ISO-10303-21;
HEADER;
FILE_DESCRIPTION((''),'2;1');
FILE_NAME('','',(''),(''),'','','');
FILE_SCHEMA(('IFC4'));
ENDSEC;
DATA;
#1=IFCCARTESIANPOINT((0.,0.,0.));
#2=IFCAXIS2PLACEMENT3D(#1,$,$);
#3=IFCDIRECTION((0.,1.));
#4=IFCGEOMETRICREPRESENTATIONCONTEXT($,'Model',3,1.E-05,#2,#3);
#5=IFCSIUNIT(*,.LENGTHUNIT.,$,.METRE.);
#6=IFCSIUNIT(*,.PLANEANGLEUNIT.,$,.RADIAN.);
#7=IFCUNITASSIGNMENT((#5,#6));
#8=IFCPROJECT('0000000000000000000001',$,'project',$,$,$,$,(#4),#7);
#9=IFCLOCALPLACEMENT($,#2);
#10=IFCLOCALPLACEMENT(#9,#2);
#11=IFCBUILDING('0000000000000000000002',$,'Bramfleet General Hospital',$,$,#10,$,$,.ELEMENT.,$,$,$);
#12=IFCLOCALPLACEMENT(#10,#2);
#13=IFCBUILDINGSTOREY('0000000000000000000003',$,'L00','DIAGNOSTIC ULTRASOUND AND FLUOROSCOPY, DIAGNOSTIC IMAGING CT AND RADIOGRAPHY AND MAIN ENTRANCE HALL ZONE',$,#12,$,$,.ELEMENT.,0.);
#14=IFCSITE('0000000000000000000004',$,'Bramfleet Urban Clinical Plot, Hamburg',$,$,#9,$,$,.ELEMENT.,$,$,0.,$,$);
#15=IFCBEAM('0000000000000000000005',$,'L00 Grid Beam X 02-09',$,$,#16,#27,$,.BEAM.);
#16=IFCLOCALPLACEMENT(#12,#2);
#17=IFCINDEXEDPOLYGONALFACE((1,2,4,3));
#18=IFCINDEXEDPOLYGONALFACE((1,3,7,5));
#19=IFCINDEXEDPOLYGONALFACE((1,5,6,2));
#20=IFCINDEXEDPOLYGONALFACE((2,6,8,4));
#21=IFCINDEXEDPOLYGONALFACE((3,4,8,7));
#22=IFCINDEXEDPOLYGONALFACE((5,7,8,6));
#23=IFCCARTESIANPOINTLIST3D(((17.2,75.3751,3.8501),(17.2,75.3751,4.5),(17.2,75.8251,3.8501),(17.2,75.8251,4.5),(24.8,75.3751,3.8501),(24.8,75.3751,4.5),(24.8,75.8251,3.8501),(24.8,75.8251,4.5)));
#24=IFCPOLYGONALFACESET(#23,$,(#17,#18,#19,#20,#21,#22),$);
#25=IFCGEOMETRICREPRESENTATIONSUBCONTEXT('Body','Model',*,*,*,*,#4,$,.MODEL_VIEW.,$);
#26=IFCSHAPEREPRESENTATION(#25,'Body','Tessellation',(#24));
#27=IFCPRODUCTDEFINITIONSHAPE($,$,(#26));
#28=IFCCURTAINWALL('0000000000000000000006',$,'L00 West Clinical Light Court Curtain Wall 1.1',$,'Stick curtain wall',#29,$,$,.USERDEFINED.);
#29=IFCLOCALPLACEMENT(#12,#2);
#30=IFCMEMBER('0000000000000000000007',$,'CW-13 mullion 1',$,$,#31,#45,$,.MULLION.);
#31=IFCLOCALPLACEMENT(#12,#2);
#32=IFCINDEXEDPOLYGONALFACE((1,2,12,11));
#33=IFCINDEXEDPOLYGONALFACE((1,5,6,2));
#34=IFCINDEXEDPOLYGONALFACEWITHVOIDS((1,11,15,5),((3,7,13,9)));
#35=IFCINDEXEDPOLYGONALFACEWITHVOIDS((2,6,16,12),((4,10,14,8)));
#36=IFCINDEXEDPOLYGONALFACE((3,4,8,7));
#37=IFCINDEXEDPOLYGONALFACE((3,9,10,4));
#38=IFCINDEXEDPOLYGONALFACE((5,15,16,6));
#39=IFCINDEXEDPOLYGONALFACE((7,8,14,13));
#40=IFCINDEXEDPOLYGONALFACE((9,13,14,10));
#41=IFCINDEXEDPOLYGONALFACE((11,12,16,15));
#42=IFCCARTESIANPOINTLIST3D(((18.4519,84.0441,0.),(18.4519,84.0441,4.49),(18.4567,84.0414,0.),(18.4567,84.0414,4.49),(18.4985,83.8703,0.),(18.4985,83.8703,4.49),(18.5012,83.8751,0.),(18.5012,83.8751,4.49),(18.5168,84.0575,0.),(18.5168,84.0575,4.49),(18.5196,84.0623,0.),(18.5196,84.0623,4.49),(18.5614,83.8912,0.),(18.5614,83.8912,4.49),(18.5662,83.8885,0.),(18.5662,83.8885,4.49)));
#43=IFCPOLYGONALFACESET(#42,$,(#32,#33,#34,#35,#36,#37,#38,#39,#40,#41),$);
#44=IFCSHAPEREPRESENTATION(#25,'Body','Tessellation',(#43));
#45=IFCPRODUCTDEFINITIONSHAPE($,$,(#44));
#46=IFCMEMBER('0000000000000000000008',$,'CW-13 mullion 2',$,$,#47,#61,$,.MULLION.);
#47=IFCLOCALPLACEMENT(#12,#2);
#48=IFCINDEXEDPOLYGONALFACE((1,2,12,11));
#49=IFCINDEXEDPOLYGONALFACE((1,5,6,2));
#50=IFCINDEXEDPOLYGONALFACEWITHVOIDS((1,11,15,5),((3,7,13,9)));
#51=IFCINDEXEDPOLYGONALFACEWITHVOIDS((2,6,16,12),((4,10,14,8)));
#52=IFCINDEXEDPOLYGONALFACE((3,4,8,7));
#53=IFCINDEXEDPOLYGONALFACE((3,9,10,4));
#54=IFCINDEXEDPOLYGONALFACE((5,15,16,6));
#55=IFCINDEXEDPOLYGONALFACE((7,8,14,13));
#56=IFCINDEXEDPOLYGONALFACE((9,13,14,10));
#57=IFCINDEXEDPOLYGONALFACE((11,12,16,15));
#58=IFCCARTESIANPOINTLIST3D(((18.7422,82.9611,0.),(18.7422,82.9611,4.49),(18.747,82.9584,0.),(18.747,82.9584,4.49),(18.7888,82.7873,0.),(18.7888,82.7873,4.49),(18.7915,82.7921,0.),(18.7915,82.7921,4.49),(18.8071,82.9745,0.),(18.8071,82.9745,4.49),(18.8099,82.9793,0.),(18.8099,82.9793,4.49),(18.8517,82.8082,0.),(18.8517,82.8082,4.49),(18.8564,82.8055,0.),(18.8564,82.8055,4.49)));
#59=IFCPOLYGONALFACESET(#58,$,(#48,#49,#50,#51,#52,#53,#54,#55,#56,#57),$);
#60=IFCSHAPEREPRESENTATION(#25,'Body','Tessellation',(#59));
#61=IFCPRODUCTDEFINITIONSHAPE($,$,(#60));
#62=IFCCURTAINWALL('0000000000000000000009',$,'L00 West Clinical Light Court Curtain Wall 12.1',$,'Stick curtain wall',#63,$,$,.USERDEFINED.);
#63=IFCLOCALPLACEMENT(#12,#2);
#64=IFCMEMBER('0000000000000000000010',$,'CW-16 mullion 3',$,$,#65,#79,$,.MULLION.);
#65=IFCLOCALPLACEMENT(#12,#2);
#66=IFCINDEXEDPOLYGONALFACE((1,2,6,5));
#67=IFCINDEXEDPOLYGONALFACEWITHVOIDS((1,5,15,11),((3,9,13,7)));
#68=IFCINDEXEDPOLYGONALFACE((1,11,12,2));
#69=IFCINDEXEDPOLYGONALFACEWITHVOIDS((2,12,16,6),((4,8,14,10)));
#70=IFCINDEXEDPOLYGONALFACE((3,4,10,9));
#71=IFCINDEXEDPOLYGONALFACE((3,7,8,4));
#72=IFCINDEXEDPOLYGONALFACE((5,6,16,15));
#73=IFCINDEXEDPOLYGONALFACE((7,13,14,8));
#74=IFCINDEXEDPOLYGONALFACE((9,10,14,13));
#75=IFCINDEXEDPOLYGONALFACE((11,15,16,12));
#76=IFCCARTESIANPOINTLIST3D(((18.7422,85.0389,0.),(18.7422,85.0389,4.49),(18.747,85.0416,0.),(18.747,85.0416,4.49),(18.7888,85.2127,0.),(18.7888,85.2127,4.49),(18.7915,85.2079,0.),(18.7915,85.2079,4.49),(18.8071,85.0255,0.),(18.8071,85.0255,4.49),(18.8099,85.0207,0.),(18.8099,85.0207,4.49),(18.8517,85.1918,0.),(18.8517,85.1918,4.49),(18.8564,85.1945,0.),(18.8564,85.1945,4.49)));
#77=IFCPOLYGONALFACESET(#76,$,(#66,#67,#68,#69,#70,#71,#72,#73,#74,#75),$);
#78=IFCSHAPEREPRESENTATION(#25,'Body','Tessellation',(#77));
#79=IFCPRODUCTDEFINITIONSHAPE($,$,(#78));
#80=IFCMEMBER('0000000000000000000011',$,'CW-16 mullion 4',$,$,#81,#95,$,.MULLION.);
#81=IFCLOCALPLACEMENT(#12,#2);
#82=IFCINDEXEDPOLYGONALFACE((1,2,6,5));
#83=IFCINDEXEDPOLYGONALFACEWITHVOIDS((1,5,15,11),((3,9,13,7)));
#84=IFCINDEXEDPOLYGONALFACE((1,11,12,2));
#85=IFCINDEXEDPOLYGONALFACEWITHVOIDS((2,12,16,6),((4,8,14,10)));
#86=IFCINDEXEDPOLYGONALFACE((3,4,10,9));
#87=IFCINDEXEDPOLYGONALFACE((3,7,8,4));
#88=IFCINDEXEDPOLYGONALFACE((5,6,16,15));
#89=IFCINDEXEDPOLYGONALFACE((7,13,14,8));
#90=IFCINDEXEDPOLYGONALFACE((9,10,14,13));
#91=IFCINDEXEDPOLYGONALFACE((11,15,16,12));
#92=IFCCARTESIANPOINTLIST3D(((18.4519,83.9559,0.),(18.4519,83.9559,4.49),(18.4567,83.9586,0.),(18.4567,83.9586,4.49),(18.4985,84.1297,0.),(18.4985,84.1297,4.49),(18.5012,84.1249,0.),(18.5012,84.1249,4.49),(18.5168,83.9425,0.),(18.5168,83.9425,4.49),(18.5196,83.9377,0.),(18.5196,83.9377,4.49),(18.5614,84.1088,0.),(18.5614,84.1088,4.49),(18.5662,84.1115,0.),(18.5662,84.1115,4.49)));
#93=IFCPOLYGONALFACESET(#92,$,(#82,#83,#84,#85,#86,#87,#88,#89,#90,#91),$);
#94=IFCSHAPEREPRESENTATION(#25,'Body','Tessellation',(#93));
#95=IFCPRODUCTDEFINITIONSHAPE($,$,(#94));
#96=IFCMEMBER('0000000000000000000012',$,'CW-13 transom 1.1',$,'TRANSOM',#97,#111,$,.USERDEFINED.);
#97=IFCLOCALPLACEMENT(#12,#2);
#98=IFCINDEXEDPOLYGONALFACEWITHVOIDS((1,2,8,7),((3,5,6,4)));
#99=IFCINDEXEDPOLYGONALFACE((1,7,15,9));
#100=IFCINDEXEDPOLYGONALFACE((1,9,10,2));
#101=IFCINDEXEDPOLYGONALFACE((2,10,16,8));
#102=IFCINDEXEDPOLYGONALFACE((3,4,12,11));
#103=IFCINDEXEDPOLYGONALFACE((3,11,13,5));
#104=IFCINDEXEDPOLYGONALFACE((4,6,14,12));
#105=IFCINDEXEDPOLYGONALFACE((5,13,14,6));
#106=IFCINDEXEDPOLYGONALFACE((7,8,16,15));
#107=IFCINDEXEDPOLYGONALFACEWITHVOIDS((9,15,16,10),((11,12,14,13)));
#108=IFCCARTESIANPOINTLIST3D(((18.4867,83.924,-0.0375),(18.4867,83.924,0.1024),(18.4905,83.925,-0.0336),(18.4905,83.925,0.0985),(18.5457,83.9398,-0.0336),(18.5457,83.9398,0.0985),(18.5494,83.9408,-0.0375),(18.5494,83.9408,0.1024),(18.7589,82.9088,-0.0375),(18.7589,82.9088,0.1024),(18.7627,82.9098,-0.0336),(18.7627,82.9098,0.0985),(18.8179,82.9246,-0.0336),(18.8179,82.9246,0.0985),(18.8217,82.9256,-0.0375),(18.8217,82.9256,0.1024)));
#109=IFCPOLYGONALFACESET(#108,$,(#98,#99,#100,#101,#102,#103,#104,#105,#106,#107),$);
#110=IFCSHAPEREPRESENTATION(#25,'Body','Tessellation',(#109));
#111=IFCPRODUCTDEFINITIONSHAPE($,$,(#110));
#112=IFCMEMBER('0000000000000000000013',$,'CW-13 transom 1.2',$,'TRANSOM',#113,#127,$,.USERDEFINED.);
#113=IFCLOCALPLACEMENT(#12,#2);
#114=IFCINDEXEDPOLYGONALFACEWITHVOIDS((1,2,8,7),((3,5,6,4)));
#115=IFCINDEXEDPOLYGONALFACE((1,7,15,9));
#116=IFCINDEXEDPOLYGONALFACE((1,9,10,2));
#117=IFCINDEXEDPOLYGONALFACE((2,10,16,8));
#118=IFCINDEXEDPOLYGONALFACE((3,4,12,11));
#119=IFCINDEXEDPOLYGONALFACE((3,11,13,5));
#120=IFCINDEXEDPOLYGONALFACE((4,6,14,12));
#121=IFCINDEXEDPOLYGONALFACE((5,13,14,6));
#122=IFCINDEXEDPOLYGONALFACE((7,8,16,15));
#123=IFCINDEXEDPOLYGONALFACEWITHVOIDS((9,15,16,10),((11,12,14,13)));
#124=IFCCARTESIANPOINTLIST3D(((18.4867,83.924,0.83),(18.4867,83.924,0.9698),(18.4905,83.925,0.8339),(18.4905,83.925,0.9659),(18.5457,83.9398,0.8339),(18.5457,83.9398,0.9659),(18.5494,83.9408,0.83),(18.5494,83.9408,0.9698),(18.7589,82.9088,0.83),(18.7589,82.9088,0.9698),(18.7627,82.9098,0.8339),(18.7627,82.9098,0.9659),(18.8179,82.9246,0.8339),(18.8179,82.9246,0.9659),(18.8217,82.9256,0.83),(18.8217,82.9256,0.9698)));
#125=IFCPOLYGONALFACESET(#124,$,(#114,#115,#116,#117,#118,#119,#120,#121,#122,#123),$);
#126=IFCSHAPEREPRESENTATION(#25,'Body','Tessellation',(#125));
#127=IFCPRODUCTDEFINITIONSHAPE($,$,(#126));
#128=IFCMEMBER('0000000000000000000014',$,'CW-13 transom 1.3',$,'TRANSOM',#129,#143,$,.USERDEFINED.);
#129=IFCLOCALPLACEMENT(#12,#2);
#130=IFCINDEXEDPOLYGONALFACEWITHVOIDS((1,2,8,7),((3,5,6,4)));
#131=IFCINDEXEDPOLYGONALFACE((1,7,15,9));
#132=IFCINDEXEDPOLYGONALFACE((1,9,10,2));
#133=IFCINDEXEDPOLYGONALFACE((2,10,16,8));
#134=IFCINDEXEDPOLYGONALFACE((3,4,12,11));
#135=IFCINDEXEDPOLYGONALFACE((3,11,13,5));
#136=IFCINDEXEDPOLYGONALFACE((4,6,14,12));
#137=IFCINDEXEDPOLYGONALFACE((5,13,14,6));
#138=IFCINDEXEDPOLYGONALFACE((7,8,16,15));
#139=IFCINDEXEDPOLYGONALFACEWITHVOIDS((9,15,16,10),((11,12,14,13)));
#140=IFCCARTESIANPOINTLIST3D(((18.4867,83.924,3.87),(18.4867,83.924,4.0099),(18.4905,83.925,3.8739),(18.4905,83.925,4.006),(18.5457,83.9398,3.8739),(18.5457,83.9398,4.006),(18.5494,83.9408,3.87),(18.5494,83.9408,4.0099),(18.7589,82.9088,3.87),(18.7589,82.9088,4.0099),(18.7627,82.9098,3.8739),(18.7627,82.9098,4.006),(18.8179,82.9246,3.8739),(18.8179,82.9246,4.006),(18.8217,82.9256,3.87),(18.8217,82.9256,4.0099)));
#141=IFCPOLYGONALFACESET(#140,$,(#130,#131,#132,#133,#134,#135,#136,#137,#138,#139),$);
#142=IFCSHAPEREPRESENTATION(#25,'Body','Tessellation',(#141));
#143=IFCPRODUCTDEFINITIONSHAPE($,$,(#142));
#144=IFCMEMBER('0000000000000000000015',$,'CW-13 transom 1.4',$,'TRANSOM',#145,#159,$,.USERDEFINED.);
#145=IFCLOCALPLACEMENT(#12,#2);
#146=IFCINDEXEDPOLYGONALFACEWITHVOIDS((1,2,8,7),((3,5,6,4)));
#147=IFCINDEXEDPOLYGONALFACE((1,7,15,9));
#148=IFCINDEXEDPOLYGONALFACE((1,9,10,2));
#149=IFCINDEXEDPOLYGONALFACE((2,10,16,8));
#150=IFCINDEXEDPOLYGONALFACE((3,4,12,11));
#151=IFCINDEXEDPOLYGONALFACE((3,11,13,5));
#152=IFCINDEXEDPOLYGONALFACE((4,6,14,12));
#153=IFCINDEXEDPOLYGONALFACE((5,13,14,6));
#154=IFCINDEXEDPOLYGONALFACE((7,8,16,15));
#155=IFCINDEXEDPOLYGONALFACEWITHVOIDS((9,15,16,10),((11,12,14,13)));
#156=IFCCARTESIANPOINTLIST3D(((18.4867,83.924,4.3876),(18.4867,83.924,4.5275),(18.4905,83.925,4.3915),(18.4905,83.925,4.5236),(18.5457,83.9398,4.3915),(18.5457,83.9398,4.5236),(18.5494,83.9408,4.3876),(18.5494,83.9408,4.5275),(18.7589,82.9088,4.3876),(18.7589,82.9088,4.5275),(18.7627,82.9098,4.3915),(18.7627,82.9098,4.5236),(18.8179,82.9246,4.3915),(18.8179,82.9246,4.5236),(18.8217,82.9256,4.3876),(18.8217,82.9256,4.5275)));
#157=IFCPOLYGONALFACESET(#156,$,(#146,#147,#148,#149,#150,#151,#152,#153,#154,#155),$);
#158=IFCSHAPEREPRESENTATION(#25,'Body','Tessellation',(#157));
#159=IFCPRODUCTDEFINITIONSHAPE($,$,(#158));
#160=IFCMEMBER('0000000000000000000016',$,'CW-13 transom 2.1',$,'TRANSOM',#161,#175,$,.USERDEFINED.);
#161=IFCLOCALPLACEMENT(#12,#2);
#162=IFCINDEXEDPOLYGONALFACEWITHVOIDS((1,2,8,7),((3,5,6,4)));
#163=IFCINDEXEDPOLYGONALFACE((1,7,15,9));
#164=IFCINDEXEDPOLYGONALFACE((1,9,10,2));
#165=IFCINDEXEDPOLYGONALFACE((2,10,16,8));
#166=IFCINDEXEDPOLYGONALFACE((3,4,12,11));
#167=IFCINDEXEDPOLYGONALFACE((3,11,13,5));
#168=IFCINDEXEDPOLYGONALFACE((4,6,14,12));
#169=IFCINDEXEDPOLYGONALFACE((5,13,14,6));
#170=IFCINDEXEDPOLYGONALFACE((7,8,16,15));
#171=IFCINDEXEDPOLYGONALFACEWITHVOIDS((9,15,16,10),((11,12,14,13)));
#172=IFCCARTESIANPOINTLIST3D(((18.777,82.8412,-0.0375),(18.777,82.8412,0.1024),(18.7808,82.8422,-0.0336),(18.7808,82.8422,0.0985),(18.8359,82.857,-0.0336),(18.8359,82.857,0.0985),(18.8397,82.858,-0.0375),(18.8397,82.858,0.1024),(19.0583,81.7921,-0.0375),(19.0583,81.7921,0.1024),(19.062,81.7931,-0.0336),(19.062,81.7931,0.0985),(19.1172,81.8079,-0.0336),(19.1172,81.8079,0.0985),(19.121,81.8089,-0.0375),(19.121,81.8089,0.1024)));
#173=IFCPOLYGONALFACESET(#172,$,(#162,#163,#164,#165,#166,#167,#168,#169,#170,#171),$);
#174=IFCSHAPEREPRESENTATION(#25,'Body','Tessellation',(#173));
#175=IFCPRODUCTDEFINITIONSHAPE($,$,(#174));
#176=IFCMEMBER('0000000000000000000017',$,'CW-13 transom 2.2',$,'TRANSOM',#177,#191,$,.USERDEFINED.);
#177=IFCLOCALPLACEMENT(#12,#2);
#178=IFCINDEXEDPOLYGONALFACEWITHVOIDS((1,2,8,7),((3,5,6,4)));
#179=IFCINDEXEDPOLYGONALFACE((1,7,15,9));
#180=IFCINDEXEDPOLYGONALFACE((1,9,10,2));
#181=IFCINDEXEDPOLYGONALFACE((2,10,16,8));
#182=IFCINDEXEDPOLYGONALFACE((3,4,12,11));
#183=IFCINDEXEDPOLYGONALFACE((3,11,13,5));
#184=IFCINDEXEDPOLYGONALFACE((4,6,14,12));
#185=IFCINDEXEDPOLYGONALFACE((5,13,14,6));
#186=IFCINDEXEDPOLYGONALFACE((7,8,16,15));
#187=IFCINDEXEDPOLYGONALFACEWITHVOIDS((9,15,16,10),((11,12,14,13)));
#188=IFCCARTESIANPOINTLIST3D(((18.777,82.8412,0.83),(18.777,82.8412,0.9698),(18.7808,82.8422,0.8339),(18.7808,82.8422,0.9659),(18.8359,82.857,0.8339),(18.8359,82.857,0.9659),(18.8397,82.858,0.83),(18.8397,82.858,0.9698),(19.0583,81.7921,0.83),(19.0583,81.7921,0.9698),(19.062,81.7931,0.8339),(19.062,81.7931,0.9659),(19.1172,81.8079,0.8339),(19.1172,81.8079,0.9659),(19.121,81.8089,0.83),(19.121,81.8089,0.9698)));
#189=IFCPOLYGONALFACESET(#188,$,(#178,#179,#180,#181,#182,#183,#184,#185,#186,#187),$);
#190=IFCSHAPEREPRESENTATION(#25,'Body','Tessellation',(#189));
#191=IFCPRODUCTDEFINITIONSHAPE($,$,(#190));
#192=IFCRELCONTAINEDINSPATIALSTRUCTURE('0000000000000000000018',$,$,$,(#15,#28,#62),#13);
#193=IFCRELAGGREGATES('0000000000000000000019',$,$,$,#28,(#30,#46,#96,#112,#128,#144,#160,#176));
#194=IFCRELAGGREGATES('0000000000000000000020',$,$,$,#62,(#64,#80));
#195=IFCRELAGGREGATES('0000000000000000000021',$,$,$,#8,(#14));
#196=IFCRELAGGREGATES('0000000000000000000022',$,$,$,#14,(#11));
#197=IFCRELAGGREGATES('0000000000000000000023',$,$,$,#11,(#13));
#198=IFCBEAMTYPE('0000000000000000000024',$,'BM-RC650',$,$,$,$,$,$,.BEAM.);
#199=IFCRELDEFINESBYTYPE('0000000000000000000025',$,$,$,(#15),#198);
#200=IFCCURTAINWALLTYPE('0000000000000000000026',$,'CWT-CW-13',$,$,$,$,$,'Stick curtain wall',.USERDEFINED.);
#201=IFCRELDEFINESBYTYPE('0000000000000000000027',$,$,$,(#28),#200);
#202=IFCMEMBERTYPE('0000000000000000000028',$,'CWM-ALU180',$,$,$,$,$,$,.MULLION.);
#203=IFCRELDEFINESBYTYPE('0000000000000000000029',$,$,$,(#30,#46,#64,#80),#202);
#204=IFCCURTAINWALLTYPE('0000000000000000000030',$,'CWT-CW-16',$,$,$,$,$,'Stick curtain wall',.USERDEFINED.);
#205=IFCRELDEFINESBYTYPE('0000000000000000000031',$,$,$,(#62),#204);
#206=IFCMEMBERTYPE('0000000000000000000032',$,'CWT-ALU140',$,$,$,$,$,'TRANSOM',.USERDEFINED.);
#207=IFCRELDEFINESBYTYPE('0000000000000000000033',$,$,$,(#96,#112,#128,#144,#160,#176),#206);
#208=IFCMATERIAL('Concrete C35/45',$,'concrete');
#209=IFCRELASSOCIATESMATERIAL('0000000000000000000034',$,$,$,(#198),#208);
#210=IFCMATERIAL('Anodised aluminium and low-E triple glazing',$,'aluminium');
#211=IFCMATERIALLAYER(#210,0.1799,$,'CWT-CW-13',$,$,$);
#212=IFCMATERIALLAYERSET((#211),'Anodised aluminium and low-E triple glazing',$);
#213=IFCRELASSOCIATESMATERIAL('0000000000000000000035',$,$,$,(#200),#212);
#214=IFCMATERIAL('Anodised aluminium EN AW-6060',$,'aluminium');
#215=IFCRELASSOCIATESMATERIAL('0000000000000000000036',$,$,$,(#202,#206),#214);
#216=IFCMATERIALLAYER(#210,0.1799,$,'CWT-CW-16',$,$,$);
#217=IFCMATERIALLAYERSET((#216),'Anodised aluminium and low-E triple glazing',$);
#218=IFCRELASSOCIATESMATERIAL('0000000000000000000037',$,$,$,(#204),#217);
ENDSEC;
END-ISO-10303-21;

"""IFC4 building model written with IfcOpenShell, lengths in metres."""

from ifc_helpers import new_model, si_unit, direction, frame, origin, origin_2d, place, context, subcontext, project, spatial, rectangle, hollow_rectangle, extrude, material, layer, layer_set, material_profile, profile_set, type_object, element, aggregate, save


model = new_model("IFC4")

# Units and contexts
model_context = context("Model", 3, precision=1e-05, world=origin(), true_north=direction((0.0, 1.0)))
body_context = subcontext(model_context, "Body", "Model", "MODEL_VIEW")
ifc_project = project(units=[si_unit("LENGTHUNIT", "METRE"), si_unit("PLANEANGLEUNIT", "RADIAN")], contexts=[model_context])

# Site, building, storey
site_placement = place(None, origin())
site = spatial("IfcSite", under=ifc_project, at=site_placement, Name="Bramfleet Urban Clinical Plot, Hamburg", CompositionType="ELEMENT", RefElevation=0.0)
building_placement = place(site_placement, origin())
building = spatial("IfcBuilding", under=site, at=building_placement, Name="Bramfleet General Hospital", CompositionType="ELEMENT")
storey_placement = place(building_placement, origin())
storey = spatial("IfcBuildingStorey", under=building, at=storey_placement, Name="L00", Description="DIAGNOSTIC ULTRASOUND AND FLUOROSCOPY, DIAGNOSTIC IMAGING CT AND RADIOGRAPHY AND MAIN ENTRANCE HALL ZONE", CompositionType="ELEMENT", Elevation=0.0)

# Beam
ifc_material_1 = material(Name="Concrete C35/45", Category="concrete")
ifc_material_profile_1 = material_profile(ifc_material_1, rectangle(XDim=0.45, YDim=0.6499, at=origin_2d()), Name="RC BM 650x450")
ifc_profile_set_1 = profile_set([ifc_material_profile_1], Name="Concrete C35/45")
beam_type = type_object("IfcBeamType", Name="BM-RC650", PredefinedType="BEAM", material=ifc_profile_set_1)
beam_placement = place(storey_placement, frame((17.2, 75.6001, 4.175), z_axis=(1.0, 0.0, 0.0), x_axis=(0.0, 1.0, 0.0)))
element("IfcBeam", 1, at=beam_placement, inside=storey, type_object=beam_type, Name="L00 Grid Beam X 02-09", PredefinedType="BEAM", context=body_context, shape_type="SweptSolid", body=[
    extrude(rectangle(XDim=0.45, YDim=0.6499, at=origin_2d()), origin(), (0.0, 0.0, 1.0), 7.6001),
])

# Curtain walls, members
ifc_material_2 = material(Name="Anodised aluminium and low-E triple glazing", Category="aluminium")
ifc_layer_1 = layer(ifc_material_2, 0.1799, Name="CWT-CW-13")
ifc_layer_set_1 = layer_set([ifc_layer_1], Name="Anodised aluminium and low-E triple glazing")
curtain_wall_type_1 = type_object("IfcCurtainWallType", Name="CWT-CW-13", ElementType="Stick curtain wall", PredefinedType="USERDEFINED", material=ifc_layer_set_1)
curtain_wall_1_placement = place(storey_placement, origin())
curtain_wall_1 = element("IfcCurtainWall", 2, at=curtain_wall_1_placement, inside=storey, type_object=curtain_wall_type_1, Name="L00 West Clinical Light Court Curtain Wall 1.1", ObjectType="Stick curtain wall", PredefinedType="USERDEFINED")
ifc_material_3 = material(Name="Anodised aluminium EN AW-6060", Category="aluminium")
ifc_material_profile_2 = material_profile(ifc_material_3, hollow_rectangle(XDim=0.0701, YDim=0.1799, WallThickness=0.0039, at=origin_2d()), Name="ALU 180x70x4.0")
ifc_profile_set_2 = profile_set([ifc_material_profile_2], Name="Anodised aluminium EN AW-6060")
member_type_1 = type_object("IfcMemberType", Name="CWM-ALU180", PredefinedType="MULLION", material=ifc_profile_set_2)
member_1_placement = place(storey_placement, frame((18.509, 83.9663, 0.0), z_axis=(0.0, 0.0, 1.0), x_axis=(0.965899, 0.258919, 0.0)))
member_1 = element("IfcMember", 3, at=member_1_placement, type_object=member_type_1, Name="CW-13 mullion 1", PredefinedType="MULLION", context=body_context, shape_type="SweptSolid", body=[
    extrude(hollow_rectangle(XDim=0.0701, YDim=0.1799, WallThickness=0.0039, at=origin_2d()), origin(), (0.0, 0.0, 1.0), 4.49),
])
member_2_placement = place(storey_placement, frame((18.7993, 82.8833, 0.0), z_axis=(0.0, 0.0, 1.0), x_axis=(0.965899, 0.258919, 0.0)))
member_2 = element("IfcMember", 4, at=member_2_placement, type_object=member_type_1, Name="CW-13 mullion 2", PredefinedType="MULLION", context=body_context, shape_type="SweptSolid", body=[
    extrude(hollow_rectangle(XDim=0.0701, YDim=0.1799, WallThickness=0.0039, at=origin_2d()), origin(), (0.0, 0.0, 1.0), 4.49),
])
ifc_layer_2 = layer(ifc_material_2, 0.1799, Name="CWT-CW-16")
ifc_layer_set_2 = layer_set([ifc_layer_2], Name="Anodised aluminium and low-E triple glazing")
curtain_wall_type_2 = type_object("IfcCurtainWallType", Name="CWT-CW-16", ElementType="Stick curtain wall", PredefinedType="USERDEFINED", material=ifc_layer_set_2)
curtain_wall_2_placement = place(storey_placement, origin())
curtain_wall_2 = element("IfcCurtainWall", 5, at=curtain_wall_2_placement, inside=storey, type_object=curtain_wall_type_2, Name="L00 West Clinical Light Court Curtain Wall 12.1", ObjectType="Stick curtain wall", PredefinedType="USERDEFINED")
member_3_placement = place(storey_placement, frame((18.7993, 85.1167, 0.0), z_axis=(0.0, 0.0, 1.0), x_axis=(0.965899, -0.258919, 0.0)))
member_3 = element("IfcMember", 6, at=member_3_placement, type_object=member_type_1, Name="CW-16 mullion 3", PredefinedType="MULLION", context=body_context, shape_type="SweptSolid", body=[
    extrude(hollow_rectangle(XDim=0.0701, YDim=0.1799, WallThickness=0.0039, at=origin_2d()), origin(), (0.0, 0.0, 1.0), 4.49),
])
member_4_placement = place(storey_placement, frame((18.509, 84.0337, 0.0), z_axis=(0.0, 0.0, 1.0), x_axis=(0.965899, -0.258919, 0.0)))
member_4 = element("IfcMember", 7, at=member_4_placement, type_object=member_type_1, Name="CW-16 mullion 4", PredefinedType="MULLION", context=body_context, shape_type="SweptSolid", body=[
    extrude(hollow_rectangle(XDim=0.0701, YDim=0.1799, WallThickness=0.0039, at=origin_2d()), origin(), (0.0, 0.0, 1.0), 4.49),
])

# Members
ifc_material_profile_3 = material_profile(ifc_material_3, hollow_rectangle(XDim=0.0649, YDim=0.1399, WallThickness=0.0039, at=origin_2d()), Name="ALU 140x65x4.0")
ifc_profile_set_3 = profile_set([ifc_material_profile_3], Name="Anodised aluminium EN AW-6060")
member_type_2 = type_object("IfcMemberType", Name="CWT-ALU140", ElementType="TRANSOM", PredefinedType="USERDEFINED", material=ifc_profile_set_3)
member_5_placement = place(storey_placement, frame((18.5181, 83.9324, 0.0325), z_axis=(0.259007, -0.965875, 0.0), x_axis=(0.965875, 0.259007, 0.0)))
member_5 = element("IfcMember", 8, at=member_5_placement, type_object=member_type_2, Name="CW-13 transom 1.1", ObjectType="TRANSOM", PredefinedType="USERDEFINED", context=body_context, shape_type="SweptSolid", body=[
    extrude(hollow_rectangle(XDim=0.0649, YDim=0.1399, WallThickness=0.0039, at=origin_2d()), origin(), (0.0, 0.0, 1.0), 1.051),
])
member_6_placement = place(storey_placement, frame((18.5181, 83.9324, 0.8999), z_axis=(0.259007, -0.965875, 0.0), x_axis=(0.965875, 0.259007, 0.0)))
member_6 = element("IfcMember", 9, at=member_6_placement, type_object=member_type_2, Name="CW-13 transom 1.2", ObjectType="TRANSOM", PredefinedType="USERDEFINED", context=body_context, shape_type="SweptSolid", body=[
    extrude(hollow_rectangle(XDim=0.0649, YDim=0.1399, WallThickness=0.0039, at=origin_2d()), origin(), (0.0, 0.0, 1.0), 1.051),
])
member_7_placement = place(storey_placement, frame((18.5181, 83.9324, 3.9399), z_axis=(0.259007, -0.965875, 0.0), x_axis=(0.965875, 0.259007, 0.0)))
member_7 = element("IfcMember", 10, at=member_7_placement, type_object=member_type_2, Name="CW-13 transom 1.3", ObjectType="TRANSOM", PredefinedType="USERDEFINED", context=body_context, shape_type="SweptSolid", body=[
    extrude(hollow_rectangle(XDim=0.0649, YDim=0.1399, WallThickness=0.0039, at=origin_2d()), origin(), (0.0, 0.0, 1.0), 1.051),
])
member_8_placement = place(storey_placement, frame((18.5181, 83.9324, 4.4575), z_axis=(0.259007, -0.965875, 0.0), x_axis=(0.965875, 0.259007, 0.0)))
member_8 = element("IfcMember", 11, at=member_8_placement, type_object=member_type_2, Name="CW-13 transom 1.4", ObjectType="TRANSOM", PredefinedType="USERDEFINED", context=body_context, shape_type="SweptSolid", body=[
    extrude(hollow_rectangle(XDim=0.0649, YDim=0.1399, WallThickness=0.0039, at=origin_2d()), origin(), (0.0, 0.0, 1.0), 1.051),
])
member_9_placement = place(storey_placement, frame((18.8083, 82.8496, 0.0325), z_axis=(0.25895, -0.965891, 0.0), x_axis=(0.965891, 0.25895, 0.0)))
member_9 = element("IfcMember", 12, at=member_9_placement, type_object=member_type_2, Name="CW-13 transom 2.1", ObjectType="TRANSOM", PredefinedType="USERDEFINED", context=body_context, shape_type="SweptSolid", body=[
    extrude(hollow_rectangle(XDim=0.0649, YDim=0.1399, WallThickness=0.0039, at=origin_2d()), origin(), (0.0, 0.0, 1.0), 1.0862),
])
member_10_placement = place(storey_placement, frame((18.8083, 82.8496, 0.8999), z_axis=(0.25895, -0.965891, 0.0), x_axis=(0.965891, 0.25895, 0.0)))
member_10 = element("IfcMember", 13, at=member_10_placement, type_object=member_type_2, Name="CW-13 transom 2.2", ObjectType="TRANSOM", PredefinedType="USERDEFINED", context=body_context, shape_type="SweptSolid", body=[
    extrude(hollow_rectangle(XDim=0.0649, YDim=0.1399, WallThickness=0.0039, at=origin_2d()), origin(), (0.0, 0.0, 1.0), 1.0862),
])

aggregate(curtain_wall_1, [member_1, member_2, member_5, member_6, member_7, member_8, member_9, member_10])
aggregate(curtain_wall_2, [member_3, member_4])

save(model, "model.ifc")
